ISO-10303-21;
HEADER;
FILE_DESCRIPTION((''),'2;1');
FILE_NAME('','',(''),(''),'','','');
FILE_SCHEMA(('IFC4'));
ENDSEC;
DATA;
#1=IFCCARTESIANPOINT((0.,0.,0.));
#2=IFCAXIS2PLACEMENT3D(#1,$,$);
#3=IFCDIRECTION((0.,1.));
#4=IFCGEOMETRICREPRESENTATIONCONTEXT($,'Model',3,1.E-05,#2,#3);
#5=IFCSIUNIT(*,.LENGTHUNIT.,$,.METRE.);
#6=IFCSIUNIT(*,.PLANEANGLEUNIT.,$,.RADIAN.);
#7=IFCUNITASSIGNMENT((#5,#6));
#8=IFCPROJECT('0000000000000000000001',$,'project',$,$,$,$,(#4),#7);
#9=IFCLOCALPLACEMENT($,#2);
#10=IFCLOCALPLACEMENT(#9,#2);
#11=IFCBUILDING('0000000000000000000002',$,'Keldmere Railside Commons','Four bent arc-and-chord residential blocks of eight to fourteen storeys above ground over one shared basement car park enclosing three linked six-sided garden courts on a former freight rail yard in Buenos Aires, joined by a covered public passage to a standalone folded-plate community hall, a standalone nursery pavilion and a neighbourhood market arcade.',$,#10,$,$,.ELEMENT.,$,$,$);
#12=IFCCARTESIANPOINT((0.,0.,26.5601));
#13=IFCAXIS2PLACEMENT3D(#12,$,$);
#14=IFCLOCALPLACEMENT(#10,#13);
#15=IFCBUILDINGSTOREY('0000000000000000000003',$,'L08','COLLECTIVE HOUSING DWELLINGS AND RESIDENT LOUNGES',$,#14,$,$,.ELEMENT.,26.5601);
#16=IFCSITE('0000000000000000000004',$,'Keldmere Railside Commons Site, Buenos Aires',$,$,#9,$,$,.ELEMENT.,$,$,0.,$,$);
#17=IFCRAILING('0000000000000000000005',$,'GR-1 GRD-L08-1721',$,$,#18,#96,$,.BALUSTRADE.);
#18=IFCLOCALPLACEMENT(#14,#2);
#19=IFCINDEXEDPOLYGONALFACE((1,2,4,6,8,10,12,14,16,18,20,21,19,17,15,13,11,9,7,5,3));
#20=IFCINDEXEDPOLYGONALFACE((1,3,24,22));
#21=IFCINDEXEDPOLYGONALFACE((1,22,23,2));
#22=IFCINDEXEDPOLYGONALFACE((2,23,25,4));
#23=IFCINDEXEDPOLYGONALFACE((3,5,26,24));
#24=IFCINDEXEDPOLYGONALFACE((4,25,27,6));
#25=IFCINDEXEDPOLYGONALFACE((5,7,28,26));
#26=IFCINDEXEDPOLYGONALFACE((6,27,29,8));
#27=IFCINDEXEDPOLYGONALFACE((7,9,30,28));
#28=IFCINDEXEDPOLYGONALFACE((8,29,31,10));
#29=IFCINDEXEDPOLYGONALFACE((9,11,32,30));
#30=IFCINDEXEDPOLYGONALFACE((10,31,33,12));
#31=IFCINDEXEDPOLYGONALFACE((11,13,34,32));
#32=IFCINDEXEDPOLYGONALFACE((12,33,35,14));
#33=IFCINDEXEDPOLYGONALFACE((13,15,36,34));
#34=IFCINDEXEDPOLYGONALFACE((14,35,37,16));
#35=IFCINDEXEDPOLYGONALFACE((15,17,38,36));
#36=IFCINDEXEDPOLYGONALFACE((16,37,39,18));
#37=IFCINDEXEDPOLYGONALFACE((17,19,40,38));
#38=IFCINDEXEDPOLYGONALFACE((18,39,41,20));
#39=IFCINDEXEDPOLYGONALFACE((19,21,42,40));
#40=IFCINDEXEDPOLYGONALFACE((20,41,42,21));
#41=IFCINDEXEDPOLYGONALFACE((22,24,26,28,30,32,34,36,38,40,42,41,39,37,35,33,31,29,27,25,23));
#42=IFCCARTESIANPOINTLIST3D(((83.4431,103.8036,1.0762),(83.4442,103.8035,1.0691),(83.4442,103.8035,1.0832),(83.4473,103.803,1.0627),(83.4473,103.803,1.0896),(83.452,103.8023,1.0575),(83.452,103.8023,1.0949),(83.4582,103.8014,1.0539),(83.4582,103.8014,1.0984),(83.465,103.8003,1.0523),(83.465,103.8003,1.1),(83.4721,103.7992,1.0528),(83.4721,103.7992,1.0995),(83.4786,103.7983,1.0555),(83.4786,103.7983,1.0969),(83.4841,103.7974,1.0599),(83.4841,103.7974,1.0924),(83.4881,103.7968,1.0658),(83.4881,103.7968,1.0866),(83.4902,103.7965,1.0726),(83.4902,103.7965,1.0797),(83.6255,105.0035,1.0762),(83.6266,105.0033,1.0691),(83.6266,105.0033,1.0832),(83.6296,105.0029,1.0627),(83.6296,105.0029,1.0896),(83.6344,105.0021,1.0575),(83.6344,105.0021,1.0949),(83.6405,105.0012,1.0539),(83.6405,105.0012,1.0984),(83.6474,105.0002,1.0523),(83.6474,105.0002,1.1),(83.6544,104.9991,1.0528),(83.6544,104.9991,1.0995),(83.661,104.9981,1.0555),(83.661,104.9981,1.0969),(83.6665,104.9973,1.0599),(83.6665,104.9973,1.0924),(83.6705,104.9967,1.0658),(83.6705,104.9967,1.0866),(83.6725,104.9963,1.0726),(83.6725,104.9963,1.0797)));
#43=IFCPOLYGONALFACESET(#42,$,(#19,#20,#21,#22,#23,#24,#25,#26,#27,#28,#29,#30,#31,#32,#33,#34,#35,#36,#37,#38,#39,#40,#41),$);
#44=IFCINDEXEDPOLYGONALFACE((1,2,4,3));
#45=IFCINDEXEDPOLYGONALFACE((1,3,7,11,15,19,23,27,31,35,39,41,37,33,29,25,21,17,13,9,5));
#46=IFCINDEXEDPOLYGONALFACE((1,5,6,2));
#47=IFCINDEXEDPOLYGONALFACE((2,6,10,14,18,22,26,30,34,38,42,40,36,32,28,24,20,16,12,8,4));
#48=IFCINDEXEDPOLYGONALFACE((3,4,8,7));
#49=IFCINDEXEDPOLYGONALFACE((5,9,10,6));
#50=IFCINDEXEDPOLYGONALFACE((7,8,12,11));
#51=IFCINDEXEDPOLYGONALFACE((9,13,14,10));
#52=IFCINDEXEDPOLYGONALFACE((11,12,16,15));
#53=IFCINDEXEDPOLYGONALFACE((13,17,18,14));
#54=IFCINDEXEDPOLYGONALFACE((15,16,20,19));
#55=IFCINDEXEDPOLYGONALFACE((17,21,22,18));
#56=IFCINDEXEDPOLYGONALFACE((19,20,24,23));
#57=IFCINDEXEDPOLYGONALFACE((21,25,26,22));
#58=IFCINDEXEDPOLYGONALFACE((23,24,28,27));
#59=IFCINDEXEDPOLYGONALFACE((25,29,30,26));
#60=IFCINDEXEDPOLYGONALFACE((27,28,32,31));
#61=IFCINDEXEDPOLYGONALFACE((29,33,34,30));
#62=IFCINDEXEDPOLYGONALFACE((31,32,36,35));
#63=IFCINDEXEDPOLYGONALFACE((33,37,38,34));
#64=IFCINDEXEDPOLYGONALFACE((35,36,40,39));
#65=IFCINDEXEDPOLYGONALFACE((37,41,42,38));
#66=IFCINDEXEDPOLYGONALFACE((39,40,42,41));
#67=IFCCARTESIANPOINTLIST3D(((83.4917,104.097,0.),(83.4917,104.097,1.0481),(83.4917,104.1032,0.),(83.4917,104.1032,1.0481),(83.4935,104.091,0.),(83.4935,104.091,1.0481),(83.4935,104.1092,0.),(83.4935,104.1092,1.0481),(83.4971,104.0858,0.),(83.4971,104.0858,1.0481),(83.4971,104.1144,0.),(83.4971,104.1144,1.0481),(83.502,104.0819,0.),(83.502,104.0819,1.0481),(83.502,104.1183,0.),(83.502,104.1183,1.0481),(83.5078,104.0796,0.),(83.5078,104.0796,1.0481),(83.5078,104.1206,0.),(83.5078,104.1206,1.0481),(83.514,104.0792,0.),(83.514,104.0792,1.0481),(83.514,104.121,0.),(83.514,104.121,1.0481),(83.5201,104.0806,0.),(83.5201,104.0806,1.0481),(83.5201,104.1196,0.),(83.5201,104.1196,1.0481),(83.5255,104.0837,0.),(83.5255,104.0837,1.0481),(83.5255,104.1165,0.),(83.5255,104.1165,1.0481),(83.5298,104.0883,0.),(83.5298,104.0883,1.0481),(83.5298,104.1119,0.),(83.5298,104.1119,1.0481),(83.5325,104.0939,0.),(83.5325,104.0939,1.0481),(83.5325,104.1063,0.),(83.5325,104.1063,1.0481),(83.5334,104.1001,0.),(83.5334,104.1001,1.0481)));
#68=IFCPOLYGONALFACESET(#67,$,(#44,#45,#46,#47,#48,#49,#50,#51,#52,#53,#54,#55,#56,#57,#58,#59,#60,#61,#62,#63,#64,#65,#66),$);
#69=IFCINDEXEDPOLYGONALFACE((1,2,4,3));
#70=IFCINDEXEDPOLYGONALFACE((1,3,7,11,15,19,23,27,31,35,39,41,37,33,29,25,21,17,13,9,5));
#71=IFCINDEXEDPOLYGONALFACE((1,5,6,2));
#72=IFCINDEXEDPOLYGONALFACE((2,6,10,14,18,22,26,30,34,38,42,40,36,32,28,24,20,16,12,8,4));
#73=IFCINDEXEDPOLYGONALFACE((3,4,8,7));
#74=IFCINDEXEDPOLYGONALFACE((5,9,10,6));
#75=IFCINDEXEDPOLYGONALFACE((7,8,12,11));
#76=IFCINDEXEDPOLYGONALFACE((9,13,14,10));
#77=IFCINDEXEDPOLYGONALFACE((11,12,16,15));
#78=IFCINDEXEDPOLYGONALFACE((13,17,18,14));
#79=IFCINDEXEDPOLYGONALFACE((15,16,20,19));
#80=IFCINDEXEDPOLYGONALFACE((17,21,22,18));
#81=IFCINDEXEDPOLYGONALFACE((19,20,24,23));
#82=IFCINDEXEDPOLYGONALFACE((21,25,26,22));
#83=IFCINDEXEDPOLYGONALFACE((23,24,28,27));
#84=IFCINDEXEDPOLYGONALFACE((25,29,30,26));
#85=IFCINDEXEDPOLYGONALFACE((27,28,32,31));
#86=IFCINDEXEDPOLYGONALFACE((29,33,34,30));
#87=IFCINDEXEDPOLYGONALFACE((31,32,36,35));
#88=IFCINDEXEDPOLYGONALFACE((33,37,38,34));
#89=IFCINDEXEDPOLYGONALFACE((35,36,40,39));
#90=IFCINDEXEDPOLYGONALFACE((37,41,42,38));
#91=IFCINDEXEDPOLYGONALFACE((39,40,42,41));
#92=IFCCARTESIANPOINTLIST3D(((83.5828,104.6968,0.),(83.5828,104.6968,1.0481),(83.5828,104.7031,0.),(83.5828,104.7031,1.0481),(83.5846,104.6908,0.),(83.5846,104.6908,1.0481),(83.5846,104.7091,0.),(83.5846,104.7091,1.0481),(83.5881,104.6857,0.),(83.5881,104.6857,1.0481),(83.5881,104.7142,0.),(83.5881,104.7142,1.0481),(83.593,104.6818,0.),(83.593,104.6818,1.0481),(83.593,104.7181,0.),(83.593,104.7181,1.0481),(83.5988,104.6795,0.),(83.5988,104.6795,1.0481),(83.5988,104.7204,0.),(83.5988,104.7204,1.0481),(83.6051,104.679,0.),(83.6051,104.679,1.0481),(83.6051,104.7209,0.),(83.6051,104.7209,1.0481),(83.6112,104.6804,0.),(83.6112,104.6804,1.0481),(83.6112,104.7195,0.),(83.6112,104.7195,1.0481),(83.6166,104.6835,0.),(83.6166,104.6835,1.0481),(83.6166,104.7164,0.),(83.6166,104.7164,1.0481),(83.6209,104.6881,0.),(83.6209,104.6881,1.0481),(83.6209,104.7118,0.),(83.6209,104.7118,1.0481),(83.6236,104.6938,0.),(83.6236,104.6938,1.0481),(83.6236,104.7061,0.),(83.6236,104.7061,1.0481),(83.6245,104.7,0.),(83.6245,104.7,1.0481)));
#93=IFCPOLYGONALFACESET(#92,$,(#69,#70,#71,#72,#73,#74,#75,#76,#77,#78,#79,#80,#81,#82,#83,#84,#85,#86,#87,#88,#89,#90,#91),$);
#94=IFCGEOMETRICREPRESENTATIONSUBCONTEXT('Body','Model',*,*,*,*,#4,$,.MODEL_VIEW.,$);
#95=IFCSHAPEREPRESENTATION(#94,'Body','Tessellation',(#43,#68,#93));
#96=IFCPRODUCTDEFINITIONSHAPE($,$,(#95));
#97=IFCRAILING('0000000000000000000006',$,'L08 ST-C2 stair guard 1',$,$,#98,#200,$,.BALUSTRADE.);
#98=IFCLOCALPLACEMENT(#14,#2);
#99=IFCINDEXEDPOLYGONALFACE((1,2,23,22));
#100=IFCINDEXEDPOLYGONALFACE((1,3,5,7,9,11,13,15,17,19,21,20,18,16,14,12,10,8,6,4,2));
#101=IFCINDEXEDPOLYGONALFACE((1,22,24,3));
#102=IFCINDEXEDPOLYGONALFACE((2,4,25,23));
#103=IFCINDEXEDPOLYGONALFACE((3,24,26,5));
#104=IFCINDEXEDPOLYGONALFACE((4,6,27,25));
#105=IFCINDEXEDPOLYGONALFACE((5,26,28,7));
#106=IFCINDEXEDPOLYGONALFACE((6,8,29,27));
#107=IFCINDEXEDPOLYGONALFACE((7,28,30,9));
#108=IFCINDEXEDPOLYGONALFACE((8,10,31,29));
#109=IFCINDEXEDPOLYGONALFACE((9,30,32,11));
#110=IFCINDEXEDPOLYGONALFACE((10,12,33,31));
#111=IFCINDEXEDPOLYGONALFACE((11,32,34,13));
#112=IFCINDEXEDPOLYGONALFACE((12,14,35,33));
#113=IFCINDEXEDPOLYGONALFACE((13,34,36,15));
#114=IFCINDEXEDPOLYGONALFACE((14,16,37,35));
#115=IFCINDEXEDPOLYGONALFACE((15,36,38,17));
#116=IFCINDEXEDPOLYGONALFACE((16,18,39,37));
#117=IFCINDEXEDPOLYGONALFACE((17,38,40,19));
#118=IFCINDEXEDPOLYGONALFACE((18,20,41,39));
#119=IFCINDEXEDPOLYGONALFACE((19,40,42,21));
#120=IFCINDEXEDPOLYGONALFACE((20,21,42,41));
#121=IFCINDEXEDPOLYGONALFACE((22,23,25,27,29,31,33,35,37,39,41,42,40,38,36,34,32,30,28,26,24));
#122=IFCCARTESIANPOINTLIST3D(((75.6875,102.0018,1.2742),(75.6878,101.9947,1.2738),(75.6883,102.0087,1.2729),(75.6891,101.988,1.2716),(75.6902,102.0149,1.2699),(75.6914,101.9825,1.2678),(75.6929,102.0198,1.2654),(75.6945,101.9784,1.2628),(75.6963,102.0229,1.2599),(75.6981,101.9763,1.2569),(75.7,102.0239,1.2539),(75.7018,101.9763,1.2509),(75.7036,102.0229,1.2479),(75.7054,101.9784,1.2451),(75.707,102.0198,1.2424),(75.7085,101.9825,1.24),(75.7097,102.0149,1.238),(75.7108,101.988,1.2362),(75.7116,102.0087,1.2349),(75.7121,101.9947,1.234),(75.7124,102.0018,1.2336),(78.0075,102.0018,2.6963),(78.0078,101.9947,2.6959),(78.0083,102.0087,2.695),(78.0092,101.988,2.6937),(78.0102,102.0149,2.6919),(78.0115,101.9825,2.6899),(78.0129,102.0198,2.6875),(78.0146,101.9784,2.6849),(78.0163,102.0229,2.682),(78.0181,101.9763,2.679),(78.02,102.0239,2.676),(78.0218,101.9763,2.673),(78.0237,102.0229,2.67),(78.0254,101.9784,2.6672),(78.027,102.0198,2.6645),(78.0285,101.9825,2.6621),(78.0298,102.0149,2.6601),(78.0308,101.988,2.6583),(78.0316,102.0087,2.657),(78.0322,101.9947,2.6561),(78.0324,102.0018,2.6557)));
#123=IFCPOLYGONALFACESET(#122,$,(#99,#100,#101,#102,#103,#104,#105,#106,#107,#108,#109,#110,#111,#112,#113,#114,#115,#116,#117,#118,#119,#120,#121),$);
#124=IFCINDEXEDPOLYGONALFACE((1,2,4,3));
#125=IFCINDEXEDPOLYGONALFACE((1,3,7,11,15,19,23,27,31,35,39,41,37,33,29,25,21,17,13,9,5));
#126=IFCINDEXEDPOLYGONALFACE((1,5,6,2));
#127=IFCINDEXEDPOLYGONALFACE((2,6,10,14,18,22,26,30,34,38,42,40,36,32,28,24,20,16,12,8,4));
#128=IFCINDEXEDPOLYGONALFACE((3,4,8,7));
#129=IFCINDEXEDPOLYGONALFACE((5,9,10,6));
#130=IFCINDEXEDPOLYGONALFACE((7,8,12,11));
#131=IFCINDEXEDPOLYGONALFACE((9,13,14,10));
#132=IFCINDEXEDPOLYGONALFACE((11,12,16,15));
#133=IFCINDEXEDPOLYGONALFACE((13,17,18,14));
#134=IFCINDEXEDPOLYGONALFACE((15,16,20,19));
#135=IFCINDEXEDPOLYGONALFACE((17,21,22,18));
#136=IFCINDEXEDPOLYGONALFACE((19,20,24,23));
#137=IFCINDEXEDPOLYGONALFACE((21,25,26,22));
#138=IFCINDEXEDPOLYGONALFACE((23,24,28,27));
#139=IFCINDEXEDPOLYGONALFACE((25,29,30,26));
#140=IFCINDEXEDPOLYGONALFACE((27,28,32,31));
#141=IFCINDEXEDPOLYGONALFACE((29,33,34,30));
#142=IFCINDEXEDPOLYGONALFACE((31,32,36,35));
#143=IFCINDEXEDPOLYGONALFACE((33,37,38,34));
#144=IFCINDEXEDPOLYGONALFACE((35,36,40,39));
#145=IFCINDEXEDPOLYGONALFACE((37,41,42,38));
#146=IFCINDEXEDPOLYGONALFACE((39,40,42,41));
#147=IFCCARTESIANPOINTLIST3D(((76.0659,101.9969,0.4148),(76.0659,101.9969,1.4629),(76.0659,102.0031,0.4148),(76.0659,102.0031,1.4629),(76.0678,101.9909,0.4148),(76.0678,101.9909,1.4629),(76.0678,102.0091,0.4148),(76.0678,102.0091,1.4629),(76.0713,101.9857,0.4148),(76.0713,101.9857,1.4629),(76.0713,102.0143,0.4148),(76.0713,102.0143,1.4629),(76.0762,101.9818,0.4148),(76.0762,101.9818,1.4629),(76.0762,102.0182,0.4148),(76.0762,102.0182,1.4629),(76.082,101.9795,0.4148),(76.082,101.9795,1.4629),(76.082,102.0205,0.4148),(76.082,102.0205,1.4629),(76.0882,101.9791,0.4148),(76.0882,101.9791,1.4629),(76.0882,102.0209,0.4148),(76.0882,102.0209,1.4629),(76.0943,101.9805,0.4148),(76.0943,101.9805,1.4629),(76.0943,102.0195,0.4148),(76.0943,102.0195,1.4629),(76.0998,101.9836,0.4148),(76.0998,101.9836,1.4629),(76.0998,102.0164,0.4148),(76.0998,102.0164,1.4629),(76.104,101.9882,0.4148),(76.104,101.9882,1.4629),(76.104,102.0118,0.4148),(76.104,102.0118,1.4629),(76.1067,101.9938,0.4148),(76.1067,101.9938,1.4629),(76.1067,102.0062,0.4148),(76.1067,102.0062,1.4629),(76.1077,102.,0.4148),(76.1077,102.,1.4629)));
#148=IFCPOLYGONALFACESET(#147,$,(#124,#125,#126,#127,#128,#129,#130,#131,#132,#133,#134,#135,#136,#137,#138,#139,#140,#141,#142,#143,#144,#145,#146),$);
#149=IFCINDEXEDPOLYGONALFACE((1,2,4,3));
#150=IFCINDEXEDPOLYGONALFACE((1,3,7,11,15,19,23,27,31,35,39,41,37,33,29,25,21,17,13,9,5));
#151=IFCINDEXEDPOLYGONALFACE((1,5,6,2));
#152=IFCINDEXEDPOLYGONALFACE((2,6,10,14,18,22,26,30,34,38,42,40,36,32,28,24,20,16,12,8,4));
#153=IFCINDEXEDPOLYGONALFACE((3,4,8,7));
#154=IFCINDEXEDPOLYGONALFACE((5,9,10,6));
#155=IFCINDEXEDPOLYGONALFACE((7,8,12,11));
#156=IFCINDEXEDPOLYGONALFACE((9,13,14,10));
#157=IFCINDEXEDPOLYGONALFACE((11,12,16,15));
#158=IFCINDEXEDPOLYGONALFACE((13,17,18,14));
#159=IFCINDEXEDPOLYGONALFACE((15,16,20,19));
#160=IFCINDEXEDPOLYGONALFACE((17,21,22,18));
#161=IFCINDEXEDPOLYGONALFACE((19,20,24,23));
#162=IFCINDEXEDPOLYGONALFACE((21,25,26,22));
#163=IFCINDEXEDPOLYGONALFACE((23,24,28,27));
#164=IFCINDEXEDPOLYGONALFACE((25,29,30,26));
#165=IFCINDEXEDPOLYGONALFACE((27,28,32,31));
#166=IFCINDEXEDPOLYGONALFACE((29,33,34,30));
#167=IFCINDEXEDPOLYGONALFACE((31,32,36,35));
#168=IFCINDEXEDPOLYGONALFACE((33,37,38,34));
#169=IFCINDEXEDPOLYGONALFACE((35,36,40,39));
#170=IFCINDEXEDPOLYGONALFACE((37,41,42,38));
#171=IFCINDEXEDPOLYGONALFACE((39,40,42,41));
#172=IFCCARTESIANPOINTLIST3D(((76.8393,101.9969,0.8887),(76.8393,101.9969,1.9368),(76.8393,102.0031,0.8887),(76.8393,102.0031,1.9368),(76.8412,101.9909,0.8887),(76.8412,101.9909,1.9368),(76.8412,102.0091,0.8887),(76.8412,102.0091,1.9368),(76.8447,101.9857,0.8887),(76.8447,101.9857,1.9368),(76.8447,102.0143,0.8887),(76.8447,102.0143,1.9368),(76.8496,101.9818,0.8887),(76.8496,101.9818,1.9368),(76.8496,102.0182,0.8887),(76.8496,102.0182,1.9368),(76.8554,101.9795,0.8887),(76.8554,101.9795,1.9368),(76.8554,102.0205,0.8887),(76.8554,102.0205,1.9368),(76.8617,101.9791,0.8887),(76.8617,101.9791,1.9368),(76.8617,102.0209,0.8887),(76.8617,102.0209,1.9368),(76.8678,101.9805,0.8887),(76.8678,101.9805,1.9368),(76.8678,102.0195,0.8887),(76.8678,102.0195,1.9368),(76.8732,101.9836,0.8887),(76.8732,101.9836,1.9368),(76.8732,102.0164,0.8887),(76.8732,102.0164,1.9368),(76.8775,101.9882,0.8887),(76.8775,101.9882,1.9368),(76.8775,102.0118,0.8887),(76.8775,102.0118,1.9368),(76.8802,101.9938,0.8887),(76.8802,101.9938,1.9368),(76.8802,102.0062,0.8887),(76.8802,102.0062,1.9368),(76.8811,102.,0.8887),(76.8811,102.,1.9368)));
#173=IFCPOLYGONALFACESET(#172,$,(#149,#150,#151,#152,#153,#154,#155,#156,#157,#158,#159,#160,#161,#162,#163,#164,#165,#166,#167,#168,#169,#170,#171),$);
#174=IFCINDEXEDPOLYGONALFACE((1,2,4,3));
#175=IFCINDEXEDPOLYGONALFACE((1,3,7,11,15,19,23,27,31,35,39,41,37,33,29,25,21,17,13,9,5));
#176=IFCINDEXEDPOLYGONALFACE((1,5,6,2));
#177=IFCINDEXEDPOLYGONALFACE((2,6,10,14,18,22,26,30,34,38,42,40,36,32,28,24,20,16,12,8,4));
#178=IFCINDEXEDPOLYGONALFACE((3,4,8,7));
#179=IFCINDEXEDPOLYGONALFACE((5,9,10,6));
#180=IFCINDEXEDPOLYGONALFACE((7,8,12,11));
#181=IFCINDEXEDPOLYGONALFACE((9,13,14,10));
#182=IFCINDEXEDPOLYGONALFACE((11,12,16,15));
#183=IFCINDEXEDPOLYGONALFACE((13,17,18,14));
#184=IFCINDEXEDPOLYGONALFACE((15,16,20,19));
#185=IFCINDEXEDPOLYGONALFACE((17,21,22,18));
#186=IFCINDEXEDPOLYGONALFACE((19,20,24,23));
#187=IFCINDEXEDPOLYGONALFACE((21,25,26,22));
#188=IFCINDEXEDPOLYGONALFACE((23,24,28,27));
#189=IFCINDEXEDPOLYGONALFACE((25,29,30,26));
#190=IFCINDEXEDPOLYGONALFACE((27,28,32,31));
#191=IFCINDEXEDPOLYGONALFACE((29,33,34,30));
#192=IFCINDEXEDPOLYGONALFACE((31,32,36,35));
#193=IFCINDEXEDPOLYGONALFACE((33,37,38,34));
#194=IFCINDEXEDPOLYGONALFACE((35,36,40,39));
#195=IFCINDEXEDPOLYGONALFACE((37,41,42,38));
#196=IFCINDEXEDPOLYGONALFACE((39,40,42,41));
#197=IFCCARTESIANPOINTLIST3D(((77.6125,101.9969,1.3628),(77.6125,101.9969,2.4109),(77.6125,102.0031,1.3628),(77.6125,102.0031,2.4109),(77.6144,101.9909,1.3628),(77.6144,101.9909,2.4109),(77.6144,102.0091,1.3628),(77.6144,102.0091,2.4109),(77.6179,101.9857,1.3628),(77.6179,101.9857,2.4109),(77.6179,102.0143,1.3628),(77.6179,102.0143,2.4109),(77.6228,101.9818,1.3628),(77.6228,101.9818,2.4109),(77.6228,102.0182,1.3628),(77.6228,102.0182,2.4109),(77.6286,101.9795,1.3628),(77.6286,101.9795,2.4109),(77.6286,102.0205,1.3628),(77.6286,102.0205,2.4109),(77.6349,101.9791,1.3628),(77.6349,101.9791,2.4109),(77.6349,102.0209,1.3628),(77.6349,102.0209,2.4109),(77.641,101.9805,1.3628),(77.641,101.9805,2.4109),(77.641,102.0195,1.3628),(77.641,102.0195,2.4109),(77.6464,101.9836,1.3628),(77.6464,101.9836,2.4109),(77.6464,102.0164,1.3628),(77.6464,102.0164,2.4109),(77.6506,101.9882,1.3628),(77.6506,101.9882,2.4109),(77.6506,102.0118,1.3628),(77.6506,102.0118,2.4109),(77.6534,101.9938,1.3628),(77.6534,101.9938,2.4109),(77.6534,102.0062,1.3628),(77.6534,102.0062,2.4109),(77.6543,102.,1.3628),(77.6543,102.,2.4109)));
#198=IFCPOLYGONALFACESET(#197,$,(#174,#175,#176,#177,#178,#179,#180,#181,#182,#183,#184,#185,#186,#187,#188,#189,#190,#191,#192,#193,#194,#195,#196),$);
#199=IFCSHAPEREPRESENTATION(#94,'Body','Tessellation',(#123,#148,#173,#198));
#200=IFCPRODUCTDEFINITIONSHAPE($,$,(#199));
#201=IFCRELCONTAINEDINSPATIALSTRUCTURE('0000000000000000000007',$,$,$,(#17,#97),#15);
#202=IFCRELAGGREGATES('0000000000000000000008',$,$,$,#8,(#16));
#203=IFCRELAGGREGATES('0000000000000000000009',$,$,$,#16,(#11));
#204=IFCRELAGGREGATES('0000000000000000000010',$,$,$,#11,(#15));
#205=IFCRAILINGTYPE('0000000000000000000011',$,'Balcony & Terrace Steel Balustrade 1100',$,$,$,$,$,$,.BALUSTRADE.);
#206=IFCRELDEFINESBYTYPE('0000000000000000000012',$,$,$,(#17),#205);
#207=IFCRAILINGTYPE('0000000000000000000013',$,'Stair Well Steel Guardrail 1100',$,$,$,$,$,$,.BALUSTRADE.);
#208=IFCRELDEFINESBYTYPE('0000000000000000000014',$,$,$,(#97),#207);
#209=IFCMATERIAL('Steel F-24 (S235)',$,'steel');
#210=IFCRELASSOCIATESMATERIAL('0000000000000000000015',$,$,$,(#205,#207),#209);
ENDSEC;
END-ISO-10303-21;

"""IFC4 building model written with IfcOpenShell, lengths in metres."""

from ifc_helpers import new_model, si_unit, direction, frame, origin, origin_2d, place, context, subcontext, project, spatial, circle, extrude, material, type_object, element, save


model = new_model("IFC4")

# Units and contexts
model_context = context("Model", 3, precision=1e-05, world=origin(), true_north=direction((0.0, 1.0)))
body_context = subcontext(model_context, "Body", "Model", "MODEL_VIEW")
ifc_project = project(units=[si_unit("LENGTHUNIT", "METRE"), si_unit("PLANEANGLEUNIT", "RADIAN")], contexts=[model_context])

# Site, building, storey
site_placement = place(None, origin())
site = spatial("IfcSite", under=ifc_project, at=site_placement, Name="Keldmere Railside Commons Site, Buenos Aires", CompositionType="ELEMENT", RefElevation=0.0)
building_placement = place(site_placement, origin())
building = spatial("IfcBuilding", under=site, at=building_placement, Name="Keldmere Railside Commons", Description="Four bent arc-and-chord residential blocks of eight to fourteen storeys above ground over one shared basement car park enclosing three linked six-sided garden courts on a former freight rail yard in Buenos Aires, joined by a covered public passage to a standalone folded-plate community hall, a standalone nursery pavilion and a neighbourhood market arcade.", CompositionType="ELEMENT")
storey_placement = place(building_placement, frame((0.0, 0.0, 26.5601)))
storey = spatial("IfcBuildingStorey", under=building, at=storey_placement, Name="L08", Description="COLLECTIVE HOUSING DWELLINGS AND RESIDENT LOUNGES", CompositionType="ELEMENT", Elevation=26.5601)

# Shared definitions
ifc_material_1 = material(Name="Steel F-24 (S235)", Category="steel")

# Railings
railing_type_1 = type_object("IfcRailingType", Name="Balcony & Terrace Steel Balustrade 1100", PredefinedType="BALUSTRADE", material=ifc_material_1)
railing_1_placement = place(storey_placement, frame((83.4668, 103.8, 0.0)))
element("IfcRailing", 1, at=railing_1_placement, inside=storey, type_object=railing_type_1, Name="GR-1 GRD-L08-1721", PredefinedType="BALUSTRADE", context=body_context, shape_type="SweptSolid", body=[
    extrude(circle(Radius=0.0239, at=origin_2d()), frame((0.0, 0.0, 1.0762), z_axis=(0.150258, 0.988647, 0.0), x_axis=(-0.988647, 0.150258, 0.0)), (0.0, 0.0, 1.0), 1.2136),
    extrude(circle(Radius=0.021, at=origin_2d()), frame((0.0457, 0.3, 0.0)), (0.0, 0.0, 1.0), 1.0481),
    extrude(circle(Radius=0.021, at=origin_2d()), frame((0.1367, 0.8999, 0.0)), (0.0, 0.0, 1.0), 1.0481),
])
railing_type_2 = type_object("IfcRailingType", Name="Stair Well Steel Guardrail 1100", PredefinedType="BALUSTRADE", material=ifc_material_1)
railing_2_placement = place(storey_placement, frame((75.7, 102.0, 0.1777)))
element("IfcRailing", 2, at=railing_2_placement, inside=storey, type_object=railing_type_2, Name="L08 ST-C2 stair guard 1", PredefinedType="BALUSTRADE", context=body_context, shape_type="SweptSolid", body=[
    extrude(circle(Radius=0.0239, at=origin_2d()), frame((0.0, 0.0, 1.0762), z_axis=(0.852578, 0.0, 0.5226), x_axis=(0.0, 1.0, 0.0)), (0.0, 0.0, 1.0), 2.7212),
    extrude(circle(Radius=0.021, at=origin_2d()), frame((0.3867, 0.0, 0.2371)), (0.0, 0.0, 1.0), 1.0481),
    extrude(circle(Radius=0.021, at=origin_2d()), frame((1.1602, 0.0, 0.7109)), (0.0, 0.0, 1.0), 1.0481),
    extrude(circle(Radius=0.021, at=origin_2d()), frame((1.9333, 0.0, 1.1851)), (0.0, 0.0, 1.0), 1.0481),
])

save(model, "model.ifc")
